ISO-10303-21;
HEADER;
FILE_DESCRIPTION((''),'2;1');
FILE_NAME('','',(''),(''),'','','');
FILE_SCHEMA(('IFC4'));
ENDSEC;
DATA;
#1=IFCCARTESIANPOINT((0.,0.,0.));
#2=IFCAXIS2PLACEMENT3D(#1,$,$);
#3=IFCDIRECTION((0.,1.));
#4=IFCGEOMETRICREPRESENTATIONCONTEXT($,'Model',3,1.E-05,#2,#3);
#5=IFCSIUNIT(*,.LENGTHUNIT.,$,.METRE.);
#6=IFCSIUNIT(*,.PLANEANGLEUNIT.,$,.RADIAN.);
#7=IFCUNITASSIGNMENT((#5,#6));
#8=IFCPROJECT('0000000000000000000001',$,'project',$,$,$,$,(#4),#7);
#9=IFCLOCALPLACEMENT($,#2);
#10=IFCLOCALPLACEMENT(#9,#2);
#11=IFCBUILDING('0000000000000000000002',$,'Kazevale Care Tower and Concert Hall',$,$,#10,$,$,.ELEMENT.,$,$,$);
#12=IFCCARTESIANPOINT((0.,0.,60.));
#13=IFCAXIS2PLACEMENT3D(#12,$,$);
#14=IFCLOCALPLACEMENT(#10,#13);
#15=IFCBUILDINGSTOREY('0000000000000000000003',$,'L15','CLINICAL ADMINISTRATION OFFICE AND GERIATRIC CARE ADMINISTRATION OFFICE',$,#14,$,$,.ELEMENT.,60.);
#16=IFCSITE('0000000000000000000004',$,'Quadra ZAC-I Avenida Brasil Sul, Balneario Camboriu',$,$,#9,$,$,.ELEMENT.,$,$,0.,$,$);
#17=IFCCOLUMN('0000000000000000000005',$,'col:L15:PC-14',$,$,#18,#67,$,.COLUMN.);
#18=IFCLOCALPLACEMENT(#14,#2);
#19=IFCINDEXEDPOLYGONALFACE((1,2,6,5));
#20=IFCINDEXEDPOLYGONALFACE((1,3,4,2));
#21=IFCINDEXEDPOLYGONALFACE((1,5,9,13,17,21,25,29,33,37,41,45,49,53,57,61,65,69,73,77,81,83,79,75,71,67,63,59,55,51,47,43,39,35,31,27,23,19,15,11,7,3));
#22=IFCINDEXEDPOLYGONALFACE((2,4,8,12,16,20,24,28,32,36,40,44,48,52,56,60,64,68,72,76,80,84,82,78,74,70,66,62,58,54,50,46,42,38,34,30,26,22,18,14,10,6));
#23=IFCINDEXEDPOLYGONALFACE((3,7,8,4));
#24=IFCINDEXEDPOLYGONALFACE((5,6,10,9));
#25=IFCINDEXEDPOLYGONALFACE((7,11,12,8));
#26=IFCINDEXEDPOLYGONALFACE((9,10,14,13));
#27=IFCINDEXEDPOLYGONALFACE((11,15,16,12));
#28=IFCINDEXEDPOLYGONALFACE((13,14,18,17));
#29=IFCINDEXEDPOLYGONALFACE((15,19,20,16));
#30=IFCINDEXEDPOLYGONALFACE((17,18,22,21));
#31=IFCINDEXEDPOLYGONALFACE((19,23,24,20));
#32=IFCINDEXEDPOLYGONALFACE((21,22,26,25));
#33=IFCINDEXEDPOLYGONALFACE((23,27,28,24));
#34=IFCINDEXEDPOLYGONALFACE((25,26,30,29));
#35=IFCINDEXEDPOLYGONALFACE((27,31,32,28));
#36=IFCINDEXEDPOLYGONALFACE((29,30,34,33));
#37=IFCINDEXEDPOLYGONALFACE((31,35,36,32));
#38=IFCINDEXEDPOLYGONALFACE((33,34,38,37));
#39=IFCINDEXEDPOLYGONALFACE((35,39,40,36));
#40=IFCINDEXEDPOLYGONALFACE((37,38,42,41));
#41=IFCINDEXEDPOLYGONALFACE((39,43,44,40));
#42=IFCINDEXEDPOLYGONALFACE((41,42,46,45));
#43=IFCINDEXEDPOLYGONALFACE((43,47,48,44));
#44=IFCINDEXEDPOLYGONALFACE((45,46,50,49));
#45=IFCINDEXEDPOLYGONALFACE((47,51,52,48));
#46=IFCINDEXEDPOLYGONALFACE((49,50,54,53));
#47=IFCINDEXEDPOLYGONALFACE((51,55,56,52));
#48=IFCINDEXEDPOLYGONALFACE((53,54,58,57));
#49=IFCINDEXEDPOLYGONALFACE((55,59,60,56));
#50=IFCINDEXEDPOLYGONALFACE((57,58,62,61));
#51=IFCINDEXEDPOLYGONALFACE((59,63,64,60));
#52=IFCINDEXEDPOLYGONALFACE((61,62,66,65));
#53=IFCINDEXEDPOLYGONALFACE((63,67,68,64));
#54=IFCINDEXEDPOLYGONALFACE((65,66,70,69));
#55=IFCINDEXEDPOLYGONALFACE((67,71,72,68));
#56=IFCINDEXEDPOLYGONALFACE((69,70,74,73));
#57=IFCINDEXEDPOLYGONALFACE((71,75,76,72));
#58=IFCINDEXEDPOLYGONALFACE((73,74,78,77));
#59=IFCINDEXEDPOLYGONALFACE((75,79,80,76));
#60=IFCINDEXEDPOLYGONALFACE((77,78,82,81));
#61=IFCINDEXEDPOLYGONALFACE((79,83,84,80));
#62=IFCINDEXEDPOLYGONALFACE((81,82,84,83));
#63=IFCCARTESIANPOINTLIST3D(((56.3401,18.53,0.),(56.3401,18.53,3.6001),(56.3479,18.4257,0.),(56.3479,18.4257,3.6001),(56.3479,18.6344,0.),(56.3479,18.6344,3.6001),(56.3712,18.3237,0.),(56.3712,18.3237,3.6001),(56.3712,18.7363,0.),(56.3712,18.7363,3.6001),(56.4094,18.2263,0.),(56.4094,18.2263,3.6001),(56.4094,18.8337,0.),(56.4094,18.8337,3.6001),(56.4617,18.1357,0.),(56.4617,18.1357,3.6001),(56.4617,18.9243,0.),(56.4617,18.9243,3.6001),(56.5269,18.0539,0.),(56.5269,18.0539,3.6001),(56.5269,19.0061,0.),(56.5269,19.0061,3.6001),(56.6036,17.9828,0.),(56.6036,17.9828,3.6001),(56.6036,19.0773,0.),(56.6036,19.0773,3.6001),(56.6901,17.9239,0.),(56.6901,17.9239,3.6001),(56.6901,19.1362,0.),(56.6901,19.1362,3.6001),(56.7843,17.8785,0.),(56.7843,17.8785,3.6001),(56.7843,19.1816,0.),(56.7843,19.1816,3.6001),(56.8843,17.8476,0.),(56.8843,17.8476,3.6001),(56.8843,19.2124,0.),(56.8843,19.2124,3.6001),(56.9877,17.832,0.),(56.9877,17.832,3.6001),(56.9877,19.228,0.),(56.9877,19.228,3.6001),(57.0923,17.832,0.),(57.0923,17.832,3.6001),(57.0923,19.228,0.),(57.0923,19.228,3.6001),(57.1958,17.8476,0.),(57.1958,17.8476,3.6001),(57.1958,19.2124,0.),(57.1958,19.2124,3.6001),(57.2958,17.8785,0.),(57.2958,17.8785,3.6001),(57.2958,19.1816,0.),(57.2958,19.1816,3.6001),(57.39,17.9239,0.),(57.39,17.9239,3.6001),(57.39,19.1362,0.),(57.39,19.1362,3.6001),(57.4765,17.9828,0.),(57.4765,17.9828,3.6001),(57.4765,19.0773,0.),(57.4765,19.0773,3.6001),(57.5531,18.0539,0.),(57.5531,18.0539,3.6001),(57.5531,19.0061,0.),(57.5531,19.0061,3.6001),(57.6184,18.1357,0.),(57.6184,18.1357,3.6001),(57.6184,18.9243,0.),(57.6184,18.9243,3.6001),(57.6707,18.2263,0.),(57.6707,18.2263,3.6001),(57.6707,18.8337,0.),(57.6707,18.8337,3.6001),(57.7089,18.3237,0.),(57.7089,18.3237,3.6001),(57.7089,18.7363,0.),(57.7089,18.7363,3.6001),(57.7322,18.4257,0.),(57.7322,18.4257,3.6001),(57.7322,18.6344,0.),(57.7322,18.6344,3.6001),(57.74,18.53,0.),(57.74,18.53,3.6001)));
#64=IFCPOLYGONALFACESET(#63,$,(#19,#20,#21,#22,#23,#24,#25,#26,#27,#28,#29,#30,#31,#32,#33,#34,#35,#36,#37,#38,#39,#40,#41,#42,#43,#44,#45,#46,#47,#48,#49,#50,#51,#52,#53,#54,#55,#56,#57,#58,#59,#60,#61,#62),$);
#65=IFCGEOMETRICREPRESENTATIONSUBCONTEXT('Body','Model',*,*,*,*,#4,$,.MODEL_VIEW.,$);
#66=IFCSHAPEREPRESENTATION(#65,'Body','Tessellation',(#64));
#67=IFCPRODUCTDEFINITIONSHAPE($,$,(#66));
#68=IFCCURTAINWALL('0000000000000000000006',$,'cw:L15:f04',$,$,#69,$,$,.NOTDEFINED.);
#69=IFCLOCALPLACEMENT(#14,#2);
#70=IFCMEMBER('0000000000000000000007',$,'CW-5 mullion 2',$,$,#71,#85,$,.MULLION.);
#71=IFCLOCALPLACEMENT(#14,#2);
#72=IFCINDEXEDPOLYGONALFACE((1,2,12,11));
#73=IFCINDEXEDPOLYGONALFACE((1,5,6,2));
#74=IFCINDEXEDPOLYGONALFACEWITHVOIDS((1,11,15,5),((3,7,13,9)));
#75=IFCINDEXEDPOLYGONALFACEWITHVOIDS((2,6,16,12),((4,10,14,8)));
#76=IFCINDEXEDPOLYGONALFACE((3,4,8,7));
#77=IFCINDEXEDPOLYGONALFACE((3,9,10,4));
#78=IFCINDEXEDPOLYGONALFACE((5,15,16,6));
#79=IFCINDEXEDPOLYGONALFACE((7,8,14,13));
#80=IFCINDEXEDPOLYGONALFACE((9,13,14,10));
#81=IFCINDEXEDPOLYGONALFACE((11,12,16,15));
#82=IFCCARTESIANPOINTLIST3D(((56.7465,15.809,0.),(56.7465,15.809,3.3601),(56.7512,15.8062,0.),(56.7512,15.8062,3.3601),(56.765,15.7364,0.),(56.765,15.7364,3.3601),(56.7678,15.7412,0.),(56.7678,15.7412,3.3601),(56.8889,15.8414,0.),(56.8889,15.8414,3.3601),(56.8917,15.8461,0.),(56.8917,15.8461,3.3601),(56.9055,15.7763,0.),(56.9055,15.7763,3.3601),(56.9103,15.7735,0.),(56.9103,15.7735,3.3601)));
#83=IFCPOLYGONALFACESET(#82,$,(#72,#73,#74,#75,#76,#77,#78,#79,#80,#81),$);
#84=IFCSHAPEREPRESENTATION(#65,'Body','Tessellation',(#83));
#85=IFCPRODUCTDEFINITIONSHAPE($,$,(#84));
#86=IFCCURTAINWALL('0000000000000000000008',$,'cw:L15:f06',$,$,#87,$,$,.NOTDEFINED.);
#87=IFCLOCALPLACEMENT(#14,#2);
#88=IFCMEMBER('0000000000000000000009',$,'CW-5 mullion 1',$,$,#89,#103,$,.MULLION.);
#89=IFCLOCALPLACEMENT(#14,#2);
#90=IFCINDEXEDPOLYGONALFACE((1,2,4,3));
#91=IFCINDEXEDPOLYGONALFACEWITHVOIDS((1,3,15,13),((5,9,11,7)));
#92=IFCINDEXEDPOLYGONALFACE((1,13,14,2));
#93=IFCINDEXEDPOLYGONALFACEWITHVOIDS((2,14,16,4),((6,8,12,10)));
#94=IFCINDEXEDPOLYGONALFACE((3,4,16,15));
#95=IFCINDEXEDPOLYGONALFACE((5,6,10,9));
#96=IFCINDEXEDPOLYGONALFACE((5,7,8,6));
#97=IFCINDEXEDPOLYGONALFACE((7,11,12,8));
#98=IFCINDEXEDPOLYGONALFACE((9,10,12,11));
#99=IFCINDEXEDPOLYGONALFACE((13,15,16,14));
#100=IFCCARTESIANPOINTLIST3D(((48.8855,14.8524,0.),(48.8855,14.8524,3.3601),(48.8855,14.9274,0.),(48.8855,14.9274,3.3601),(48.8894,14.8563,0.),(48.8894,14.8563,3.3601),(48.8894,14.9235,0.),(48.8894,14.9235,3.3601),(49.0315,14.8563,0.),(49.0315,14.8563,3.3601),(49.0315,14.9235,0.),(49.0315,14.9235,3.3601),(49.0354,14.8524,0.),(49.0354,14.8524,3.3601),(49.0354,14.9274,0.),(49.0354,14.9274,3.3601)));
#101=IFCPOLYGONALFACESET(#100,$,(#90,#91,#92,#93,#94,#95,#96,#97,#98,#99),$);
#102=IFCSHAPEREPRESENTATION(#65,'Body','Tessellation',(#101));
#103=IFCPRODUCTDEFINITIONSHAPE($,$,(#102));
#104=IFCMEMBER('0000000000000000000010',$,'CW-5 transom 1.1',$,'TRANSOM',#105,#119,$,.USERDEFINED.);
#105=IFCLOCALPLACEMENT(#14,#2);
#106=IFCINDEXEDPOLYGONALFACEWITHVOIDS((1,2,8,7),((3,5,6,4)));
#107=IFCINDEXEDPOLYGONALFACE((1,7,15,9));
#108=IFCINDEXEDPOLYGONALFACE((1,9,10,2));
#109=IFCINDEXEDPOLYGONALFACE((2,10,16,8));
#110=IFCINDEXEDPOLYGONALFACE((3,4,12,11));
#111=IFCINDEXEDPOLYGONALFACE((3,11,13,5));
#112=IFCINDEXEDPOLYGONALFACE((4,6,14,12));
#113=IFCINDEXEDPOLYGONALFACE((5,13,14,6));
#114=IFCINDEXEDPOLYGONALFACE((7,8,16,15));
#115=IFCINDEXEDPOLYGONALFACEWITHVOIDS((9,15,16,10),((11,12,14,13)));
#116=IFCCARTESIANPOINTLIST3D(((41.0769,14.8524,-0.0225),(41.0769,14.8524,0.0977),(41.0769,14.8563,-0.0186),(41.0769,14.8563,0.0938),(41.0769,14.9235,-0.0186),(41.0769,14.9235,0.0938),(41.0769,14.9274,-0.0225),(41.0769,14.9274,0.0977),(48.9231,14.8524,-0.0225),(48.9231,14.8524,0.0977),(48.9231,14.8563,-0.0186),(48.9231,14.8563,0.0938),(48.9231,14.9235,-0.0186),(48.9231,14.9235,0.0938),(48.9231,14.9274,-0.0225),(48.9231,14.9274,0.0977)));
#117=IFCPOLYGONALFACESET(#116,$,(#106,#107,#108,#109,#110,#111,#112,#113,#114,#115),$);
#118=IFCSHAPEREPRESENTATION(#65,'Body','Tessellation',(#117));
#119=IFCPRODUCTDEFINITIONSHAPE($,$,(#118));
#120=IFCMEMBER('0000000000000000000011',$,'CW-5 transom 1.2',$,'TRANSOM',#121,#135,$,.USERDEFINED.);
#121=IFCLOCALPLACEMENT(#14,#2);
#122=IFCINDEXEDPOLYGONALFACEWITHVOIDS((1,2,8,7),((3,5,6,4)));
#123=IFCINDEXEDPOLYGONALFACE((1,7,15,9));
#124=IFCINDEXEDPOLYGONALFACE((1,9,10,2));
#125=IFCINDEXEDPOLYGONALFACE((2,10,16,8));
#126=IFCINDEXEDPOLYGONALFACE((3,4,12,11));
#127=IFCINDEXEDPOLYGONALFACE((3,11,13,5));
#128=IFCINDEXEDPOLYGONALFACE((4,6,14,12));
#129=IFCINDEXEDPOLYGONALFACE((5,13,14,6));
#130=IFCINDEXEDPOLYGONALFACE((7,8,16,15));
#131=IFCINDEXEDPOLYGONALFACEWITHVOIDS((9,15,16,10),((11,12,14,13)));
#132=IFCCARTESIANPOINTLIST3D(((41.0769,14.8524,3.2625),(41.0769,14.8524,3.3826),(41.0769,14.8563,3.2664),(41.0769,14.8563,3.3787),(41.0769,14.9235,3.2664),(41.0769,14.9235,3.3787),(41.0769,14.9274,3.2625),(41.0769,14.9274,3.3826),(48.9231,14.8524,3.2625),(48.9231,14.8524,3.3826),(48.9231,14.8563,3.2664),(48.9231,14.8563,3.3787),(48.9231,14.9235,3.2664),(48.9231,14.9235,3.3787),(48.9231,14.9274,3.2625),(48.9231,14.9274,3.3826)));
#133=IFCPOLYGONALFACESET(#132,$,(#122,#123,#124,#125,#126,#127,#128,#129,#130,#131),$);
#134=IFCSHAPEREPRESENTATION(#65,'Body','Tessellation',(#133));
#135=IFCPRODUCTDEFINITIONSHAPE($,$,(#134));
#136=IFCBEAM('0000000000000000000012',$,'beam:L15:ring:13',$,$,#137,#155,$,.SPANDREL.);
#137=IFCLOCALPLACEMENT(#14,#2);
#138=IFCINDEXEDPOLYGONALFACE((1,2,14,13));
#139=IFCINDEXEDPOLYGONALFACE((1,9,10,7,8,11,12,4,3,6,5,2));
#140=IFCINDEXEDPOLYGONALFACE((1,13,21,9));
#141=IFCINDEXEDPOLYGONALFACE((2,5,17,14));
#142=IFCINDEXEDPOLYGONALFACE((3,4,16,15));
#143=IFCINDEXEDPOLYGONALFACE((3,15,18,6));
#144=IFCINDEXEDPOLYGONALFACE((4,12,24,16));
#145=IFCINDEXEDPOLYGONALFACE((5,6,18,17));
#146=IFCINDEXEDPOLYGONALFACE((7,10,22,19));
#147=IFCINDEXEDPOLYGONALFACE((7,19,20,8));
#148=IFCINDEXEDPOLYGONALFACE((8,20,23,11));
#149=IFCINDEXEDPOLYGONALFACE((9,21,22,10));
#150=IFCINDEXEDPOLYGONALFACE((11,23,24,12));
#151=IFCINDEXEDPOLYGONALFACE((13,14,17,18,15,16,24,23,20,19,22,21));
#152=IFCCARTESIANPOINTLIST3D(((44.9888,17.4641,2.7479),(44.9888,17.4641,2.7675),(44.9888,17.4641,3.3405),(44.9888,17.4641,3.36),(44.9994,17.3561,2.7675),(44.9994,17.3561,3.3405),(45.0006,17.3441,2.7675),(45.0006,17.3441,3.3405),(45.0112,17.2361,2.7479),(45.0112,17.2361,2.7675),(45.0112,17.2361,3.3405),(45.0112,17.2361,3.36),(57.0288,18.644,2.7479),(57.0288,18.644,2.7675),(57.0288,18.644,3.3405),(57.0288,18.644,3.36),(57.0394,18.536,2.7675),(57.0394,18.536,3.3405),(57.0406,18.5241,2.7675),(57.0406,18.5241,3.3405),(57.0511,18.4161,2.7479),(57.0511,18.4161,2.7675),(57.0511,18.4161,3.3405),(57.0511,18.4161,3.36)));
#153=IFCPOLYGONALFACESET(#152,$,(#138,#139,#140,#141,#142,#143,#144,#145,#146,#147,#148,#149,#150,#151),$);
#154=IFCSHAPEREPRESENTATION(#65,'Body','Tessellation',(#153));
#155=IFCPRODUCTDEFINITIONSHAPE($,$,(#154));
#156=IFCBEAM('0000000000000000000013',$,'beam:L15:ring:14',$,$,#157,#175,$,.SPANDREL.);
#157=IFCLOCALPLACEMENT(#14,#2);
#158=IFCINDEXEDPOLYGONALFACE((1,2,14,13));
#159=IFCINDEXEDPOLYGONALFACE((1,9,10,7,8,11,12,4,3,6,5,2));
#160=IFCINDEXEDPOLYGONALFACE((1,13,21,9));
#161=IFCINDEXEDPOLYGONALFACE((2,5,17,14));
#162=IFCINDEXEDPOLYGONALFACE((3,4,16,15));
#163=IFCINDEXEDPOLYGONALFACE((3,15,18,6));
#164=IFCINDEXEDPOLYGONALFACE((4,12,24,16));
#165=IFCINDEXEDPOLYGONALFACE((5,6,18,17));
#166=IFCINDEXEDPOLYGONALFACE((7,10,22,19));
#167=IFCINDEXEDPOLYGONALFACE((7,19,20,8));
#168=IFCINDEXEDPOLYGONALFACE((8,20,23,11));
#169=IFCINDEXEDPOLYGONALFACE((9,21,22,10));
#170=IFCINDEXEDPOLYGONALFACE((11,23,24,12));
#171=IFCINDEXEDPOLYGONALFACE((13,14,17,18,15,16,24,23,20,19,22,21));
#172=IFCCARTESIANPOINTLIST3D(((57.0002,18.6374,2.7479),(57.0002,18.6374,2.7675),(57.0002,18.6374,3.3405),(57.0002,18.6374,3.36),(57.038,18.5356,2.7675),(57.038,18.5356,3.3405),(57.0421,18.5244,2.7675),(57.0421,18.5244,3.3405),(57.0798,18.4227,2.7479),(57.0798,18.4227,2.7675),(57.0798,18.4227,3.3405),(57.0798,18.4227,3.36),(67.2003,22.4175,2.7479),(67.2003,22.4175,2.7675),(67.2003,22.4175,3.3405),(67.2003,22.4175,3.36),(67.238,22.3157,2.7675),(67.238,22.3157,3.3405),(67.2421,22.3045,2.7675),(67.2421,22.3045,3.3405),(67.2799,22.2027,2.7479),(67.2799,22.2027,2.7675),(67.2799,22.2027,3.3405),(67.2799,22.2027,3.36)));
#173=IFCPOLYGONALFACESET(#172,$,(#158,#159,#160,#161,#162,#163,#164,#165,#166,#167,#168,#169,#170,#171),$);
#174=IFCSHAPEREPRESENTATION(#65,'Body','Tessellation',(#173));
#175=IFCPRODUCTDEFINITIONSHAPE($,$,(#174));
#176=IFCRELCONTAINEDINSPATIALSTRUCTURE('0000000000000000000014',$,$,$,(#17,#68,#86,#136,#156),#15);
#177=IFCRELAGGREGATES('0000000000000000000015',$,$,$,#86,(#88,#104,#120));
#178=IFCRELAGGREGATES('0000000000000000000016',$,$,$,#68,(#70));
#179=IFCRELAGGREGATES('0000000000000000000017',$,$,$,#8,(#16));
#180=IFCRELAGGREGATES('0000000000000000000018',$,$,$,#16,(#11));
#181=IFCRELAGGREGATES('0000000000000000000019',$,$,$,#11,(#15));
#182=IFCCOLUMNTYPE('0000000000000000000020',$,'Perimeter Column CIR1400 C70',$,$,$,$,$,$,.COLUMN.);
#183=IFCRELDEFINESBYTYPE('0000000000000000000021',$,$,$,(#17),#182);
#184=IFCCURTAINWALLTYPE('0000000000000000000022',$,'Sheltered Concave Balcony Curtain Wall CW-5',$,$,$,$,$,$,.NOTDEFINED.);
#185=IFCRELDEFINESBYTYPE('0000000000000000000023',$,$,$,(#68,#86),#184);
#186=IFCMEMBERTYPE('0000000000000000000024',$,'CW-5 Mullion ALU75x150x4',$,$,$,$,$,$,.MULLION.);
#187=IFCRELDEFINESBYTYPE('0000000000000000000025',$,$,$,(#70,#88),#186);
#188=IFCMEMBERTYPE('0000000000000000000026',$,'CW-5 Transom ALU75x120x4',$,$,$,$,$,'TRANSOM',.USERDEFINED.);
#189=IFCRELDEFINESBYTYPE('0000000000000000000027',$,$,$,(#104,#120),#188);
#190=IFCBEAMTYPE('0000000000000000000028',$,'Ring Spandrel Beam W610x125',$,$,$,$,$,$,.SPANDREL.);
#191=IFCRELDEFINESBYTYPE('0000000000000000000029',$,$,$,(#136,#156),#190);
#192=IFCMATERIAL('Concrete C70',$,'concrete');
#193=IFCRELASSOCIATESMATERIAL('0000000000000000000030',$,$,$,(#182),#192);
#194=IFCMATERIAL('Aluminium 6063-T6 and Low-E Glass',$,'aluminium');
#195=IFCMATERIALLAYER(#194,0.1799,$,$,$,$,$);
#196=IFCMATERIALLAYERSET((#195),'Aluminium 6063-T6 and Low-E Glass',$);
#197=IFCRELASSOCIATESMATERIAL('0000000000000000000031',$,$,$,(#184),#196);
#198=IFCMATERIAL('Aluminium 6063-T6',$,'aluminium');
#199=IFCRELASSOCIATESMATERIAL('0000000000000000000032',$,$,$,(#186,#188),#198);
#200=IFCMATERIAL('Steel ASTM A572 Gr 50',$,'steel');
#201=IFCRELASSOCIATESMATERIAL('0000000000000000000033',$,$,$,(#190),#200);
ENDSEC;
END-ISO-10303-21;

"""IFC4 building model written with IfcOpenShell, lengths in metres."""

from ifc_helpers import new_model, si_unit, direction, frame, origin, origin_2d, place, context, subcontext, project, spatial, hollow_rectangle, circle, i_section, extrude, material, layer, layer_set, material_profile, profile_set, type_object, element, aggregate, save


model = new_model("IFC4")

# Units and contexts
model_context = context("Model", 3, precision=1e-05, world=origin(), true_north=direction((0.0, 1.0)))
body_context = subcontext(model_context, "Body", "Model", "MODEL_VIEW")
ifc_project = project(units=[si_unit("LENGTHUNIT", "METRE"), si_unit("PLANEANGLEUNIT", "RADIAN")], contexts=[model_context])

# Site, building, storey
site_placement = place(None, origin())
site = spatial("IfcSite", under=ifc_project, at=site_placement, Name="Quadra ZAC-I Avenida Brasil Sul, Balneario Camboriu", CompositionType="ELEMENT", RefElevation=0.0)
building_placement = place(site_placement, origin())
building = spatial("IfcBuilding", under=site, at=building_placement, Name="Kazevale Care Tower and Concert Hall", CompositionType="ELEMENT")
storey_placement = place(building_placement, frame((0.0, 0.0, 60.0)))
storey = spatial("IfcBuildingStorey", under=building, at=storey_placement, Name="L15", Description="CLINICAL ADMINISTRATION OFFICE AND GERIATRIC CARE ADMINISTRATION OFFICE", CompositionType="ELEMENT", Elevation=60.0)

# Column
ifc_material_1 = material(Name="Concrete C70", Category="concrete")
ifc_material_profile_1 = material_profile(ifc_material_1, circle(Radius=0.7, at=origin_2d()), Name="RC-CIR1400")
ifc_profile_set_1 = profile_set([ifc_material_profile_1], Name="Concrete C70")
column_type = type_object("IfcColumnType", Name="Perimeter Column CIR1400 C70", PredefinedType="COLUMN", material=ifc_profile_set_1)
column_placement = place(storey_placement, frame((57.04, 18.53, 0.0), z_axis=(0.0, 0.0, 1.0), x_axis=(1.0, 0.0, 0.0)))
element("IfcColumn", 1, at=column_placement, inside=storey, type_object=column_type, Name="col:L15:PC-14", PredefinedType="COLUMN", context=body_context, shape_type="SweptSolid", body=[
    extrude(circle(Radius=0.7, at=origin_2d()), origin(), (0.0, 0.0, 1.0), 3.6001),
])

# Curtain wall, member
ifc_material_2 = material(Name="Aluminium 6063-T6 and Low-E Glass", Category="aluminium")
ifc_layer_1 = layer(ifc_material_2, 0.1799)
ifc_layer_set_1 = layer_set([ifc_layer_1], Name="Aluminium 6063-T6 and Low-E Glass")
curtain_wall_type = type_object("IfcCurtainWallType", Name="Sheltered Concave Balcony Curtain Wall CW-5", PredefinedType="NOTDEFINED", material=ifc_layer_set_1)
curtain_wall_1_placement = place(storey_placement, origin())
curtain_wall_1 = element("IfcCurtainWall", 2, at=curtain_wall_1_placement, inside=storey, type_object=curtain_wall_type, Name="cw:L15:f04", PredefinedType="NOTDEFINED")
ifc_material_3 = material(Name="Aluminium 6063-T6", Category="aluminium")
ifc_material_profile_2 = material_profile(ifc_material_3, hollow_rectangle(XDim=0.075, YDim=0.1499, WallThickness=0.0039, at=origin_2d()), Name="ALU75x150x4")
ifc_profile_set_2 = profile_set([ifc_material_profile_2], Name="Aluminium 6063-T6")
member_type_1 = type_object("IfcMemberType", Name="CW-5 Mullion ALU75x150x4", PredefinedType="MULLION", material=ifc_profile_set_2)
member_1_placement = place(storey_placement, frame((56.8284, 15.7913, 0.0), z_axis=(0.0, 0.0, 1.0), x_axis=(0.247222, -0.968959, 0.0)))
member_1 = element("IfcMember", 3, at=member_1_placement, type_object=member_type_1, Name="CW-5 mullion 2", PredefinedType="MULLION", context=body_context, shape_type="SweptSolid", body=[
    extrude(hollow_rectangle(XDim=0.075, YDim=0.1499, WallThickness=0.0039, at=origin_2d()), origin(), (0.0, 0.0, 1.0), 3.3601),
])

# Curtain wall, members
curtain_wall_2_placement = place(storey_placement, origin())
curtain_wall_2 = element("IfcCurtainWall", 4, at=curtain_wall_2_placement, inside=storey, type_object=curtain_wall_type, Name="cw:L15:f06", PredefinedType="NOTDEFINED")
member_2_placement = place(storey_placement, frame((48.9604, 14.8899, 0.0), z_axis=(0.0, 0.0, 1.0), x_axis=(0.0, -1.0, 0.0)))
member_2 = element("IfcMember", 5, at=member_2_placement, type_object=member_type_1, Name="CW-5 mullion 1", PredefinedType="MULLION", context=body_context, shape_type="SweptSolid", body=[
    extrude(hollow_rectangle(XDim=0.075, YDim=0.1499, WallThickness=0.0039, at=origin_2d()), origin(), (0.0, 0.0, 1.0), 3.3601),
])
ifc_material_profile_3 = material_profile(ifc_material_3, hollow_rectangle(XDim=0.075, YDim=0.1201, WallThickness=0.0039, at=origin_2d()), Name="ALU75x120x4")
ifc_profile_set_3 = profile_set([ifc_material_profile_3], Name="Aluminium 6063-T6")
member_type_2 = type_object("IfcMemberType", Name="CW-5 Transom ALU75x120x4", ElementType="TRANSOM", PredefinedType="USERDEFINED", material=ifc_profile_set_3)
member_3_placement = place(storey_placement, frame((48.9231, 14.8899, 0.0376), z_axis=(-1.0, 0.0, 0.0), x_axis=(0.0, -1.0, 0.0)))
member_3 = element("IfcMember", 6, at=member_3_placement, type_object=member_type_2, Name="CW-5 transom 1.1", ObjectType="TRANSOM", PredefinedType="USERDEFINED", context=body_context, shape_type="SweptSolid", body=[
    extrude(hollow_rectangle(XDim=0.075, YDim=0.1201, WallThickness=0.0039, at=origin_2d()), origin(), (0.0, 0.0, 1.0), 7.8462),
])
member_4_placement = place(storey_placement, frame((48.9231, 14.8899, 3.3225), z_axis=(-1.0, 0.0, 0.0), x_axis=(0.0, -1.0, 0.0)))
member_4 = element("IfcMember", 7, at=member_4_placement, type_object=member_type_2, Name="CW-5 transom 1.2", ObjectType="TRANSOM", PredefinedType="USERDEFINED", context=body_context, shape_type="SweptSolid", body=[
    extrude(hollow_rectangle(XDim=0.075, YDim=0.1201, WallThickness=0.0039, at=origin_2d()), origin(), (0.0, 0.0, 1.0), 7.8462),
])
aggregate(curtain_wall_2, [member_2, member_3, member_4])

# Beams
ifc_material_4 = material(Name="Steel ASTM A572 Gr 50", Category="steel")
ifc_material_profile_4 = material_profile(ifc_material_4, i_section(OverallWidth=0.229, OverallDepth=0.6121, WebThickness=0.012, FlangeThickness=0.0195, at=origin_2d()), Name="W610x125")
ifc_profile_set_4 = profile_set([ifc_material_profile_4], Name="Steel ASTM A572 Gr 50")
beam_type_1 = type_object("IfcBeamType", Name="Ring Spandrel Beam W610x125", PredefinedType="SPANDREL", material=ifc_profile_set_4)
beam_1_placement = place(storey_placement, frame((45.0, 17.3501, 3.054), z_axis=(0.995232, 0.097533, 0.0), x_axis=(-0.097533, 0.995232, 0.0)))
element("IfcBeam", 8, at=beam_1_placement, inside=storey, type_object=beam_type_1, Name="beam:L15:ring:13", PredefinedType="SPANDREL", context=body_context, shape_type="SweptSolid", body=[
    extrude(i_section(OverallWidth=0.229, OverallDepth=0.6121, WebThickness=0.012, FlangeThickness=0.0195, at=origin_2d()), origin(), (0.0, 0.0, 1.0), 12.0977),
])
beam_2_placement = place(storey_placement, frame((57.04, 18.53, 3.054), z_axis=(0.937681, 0.347498, 0.0), x_axis=(-0.347498, 0.937681, 0.0)))
element("IfcBeam", 9, at=beam_2_placement, inside=storey, type_object=beam_type_1, Name="beam:L15:ring:14", PredefinedType="SPANDREL", context=body_context, shape_type="SweptSolid", body=[
    extrude(i_section(OverallWidth=0.229, OverallDepth=0.6121, WebThickness=0.012, FlangeThickness=0.0195, at=origin_2d()), origin(), (0.0, 0.0, 1.0), 10.8779),
])

aggregate(curtain_wall_1, [member_1])

save(model, "model.ifc")
